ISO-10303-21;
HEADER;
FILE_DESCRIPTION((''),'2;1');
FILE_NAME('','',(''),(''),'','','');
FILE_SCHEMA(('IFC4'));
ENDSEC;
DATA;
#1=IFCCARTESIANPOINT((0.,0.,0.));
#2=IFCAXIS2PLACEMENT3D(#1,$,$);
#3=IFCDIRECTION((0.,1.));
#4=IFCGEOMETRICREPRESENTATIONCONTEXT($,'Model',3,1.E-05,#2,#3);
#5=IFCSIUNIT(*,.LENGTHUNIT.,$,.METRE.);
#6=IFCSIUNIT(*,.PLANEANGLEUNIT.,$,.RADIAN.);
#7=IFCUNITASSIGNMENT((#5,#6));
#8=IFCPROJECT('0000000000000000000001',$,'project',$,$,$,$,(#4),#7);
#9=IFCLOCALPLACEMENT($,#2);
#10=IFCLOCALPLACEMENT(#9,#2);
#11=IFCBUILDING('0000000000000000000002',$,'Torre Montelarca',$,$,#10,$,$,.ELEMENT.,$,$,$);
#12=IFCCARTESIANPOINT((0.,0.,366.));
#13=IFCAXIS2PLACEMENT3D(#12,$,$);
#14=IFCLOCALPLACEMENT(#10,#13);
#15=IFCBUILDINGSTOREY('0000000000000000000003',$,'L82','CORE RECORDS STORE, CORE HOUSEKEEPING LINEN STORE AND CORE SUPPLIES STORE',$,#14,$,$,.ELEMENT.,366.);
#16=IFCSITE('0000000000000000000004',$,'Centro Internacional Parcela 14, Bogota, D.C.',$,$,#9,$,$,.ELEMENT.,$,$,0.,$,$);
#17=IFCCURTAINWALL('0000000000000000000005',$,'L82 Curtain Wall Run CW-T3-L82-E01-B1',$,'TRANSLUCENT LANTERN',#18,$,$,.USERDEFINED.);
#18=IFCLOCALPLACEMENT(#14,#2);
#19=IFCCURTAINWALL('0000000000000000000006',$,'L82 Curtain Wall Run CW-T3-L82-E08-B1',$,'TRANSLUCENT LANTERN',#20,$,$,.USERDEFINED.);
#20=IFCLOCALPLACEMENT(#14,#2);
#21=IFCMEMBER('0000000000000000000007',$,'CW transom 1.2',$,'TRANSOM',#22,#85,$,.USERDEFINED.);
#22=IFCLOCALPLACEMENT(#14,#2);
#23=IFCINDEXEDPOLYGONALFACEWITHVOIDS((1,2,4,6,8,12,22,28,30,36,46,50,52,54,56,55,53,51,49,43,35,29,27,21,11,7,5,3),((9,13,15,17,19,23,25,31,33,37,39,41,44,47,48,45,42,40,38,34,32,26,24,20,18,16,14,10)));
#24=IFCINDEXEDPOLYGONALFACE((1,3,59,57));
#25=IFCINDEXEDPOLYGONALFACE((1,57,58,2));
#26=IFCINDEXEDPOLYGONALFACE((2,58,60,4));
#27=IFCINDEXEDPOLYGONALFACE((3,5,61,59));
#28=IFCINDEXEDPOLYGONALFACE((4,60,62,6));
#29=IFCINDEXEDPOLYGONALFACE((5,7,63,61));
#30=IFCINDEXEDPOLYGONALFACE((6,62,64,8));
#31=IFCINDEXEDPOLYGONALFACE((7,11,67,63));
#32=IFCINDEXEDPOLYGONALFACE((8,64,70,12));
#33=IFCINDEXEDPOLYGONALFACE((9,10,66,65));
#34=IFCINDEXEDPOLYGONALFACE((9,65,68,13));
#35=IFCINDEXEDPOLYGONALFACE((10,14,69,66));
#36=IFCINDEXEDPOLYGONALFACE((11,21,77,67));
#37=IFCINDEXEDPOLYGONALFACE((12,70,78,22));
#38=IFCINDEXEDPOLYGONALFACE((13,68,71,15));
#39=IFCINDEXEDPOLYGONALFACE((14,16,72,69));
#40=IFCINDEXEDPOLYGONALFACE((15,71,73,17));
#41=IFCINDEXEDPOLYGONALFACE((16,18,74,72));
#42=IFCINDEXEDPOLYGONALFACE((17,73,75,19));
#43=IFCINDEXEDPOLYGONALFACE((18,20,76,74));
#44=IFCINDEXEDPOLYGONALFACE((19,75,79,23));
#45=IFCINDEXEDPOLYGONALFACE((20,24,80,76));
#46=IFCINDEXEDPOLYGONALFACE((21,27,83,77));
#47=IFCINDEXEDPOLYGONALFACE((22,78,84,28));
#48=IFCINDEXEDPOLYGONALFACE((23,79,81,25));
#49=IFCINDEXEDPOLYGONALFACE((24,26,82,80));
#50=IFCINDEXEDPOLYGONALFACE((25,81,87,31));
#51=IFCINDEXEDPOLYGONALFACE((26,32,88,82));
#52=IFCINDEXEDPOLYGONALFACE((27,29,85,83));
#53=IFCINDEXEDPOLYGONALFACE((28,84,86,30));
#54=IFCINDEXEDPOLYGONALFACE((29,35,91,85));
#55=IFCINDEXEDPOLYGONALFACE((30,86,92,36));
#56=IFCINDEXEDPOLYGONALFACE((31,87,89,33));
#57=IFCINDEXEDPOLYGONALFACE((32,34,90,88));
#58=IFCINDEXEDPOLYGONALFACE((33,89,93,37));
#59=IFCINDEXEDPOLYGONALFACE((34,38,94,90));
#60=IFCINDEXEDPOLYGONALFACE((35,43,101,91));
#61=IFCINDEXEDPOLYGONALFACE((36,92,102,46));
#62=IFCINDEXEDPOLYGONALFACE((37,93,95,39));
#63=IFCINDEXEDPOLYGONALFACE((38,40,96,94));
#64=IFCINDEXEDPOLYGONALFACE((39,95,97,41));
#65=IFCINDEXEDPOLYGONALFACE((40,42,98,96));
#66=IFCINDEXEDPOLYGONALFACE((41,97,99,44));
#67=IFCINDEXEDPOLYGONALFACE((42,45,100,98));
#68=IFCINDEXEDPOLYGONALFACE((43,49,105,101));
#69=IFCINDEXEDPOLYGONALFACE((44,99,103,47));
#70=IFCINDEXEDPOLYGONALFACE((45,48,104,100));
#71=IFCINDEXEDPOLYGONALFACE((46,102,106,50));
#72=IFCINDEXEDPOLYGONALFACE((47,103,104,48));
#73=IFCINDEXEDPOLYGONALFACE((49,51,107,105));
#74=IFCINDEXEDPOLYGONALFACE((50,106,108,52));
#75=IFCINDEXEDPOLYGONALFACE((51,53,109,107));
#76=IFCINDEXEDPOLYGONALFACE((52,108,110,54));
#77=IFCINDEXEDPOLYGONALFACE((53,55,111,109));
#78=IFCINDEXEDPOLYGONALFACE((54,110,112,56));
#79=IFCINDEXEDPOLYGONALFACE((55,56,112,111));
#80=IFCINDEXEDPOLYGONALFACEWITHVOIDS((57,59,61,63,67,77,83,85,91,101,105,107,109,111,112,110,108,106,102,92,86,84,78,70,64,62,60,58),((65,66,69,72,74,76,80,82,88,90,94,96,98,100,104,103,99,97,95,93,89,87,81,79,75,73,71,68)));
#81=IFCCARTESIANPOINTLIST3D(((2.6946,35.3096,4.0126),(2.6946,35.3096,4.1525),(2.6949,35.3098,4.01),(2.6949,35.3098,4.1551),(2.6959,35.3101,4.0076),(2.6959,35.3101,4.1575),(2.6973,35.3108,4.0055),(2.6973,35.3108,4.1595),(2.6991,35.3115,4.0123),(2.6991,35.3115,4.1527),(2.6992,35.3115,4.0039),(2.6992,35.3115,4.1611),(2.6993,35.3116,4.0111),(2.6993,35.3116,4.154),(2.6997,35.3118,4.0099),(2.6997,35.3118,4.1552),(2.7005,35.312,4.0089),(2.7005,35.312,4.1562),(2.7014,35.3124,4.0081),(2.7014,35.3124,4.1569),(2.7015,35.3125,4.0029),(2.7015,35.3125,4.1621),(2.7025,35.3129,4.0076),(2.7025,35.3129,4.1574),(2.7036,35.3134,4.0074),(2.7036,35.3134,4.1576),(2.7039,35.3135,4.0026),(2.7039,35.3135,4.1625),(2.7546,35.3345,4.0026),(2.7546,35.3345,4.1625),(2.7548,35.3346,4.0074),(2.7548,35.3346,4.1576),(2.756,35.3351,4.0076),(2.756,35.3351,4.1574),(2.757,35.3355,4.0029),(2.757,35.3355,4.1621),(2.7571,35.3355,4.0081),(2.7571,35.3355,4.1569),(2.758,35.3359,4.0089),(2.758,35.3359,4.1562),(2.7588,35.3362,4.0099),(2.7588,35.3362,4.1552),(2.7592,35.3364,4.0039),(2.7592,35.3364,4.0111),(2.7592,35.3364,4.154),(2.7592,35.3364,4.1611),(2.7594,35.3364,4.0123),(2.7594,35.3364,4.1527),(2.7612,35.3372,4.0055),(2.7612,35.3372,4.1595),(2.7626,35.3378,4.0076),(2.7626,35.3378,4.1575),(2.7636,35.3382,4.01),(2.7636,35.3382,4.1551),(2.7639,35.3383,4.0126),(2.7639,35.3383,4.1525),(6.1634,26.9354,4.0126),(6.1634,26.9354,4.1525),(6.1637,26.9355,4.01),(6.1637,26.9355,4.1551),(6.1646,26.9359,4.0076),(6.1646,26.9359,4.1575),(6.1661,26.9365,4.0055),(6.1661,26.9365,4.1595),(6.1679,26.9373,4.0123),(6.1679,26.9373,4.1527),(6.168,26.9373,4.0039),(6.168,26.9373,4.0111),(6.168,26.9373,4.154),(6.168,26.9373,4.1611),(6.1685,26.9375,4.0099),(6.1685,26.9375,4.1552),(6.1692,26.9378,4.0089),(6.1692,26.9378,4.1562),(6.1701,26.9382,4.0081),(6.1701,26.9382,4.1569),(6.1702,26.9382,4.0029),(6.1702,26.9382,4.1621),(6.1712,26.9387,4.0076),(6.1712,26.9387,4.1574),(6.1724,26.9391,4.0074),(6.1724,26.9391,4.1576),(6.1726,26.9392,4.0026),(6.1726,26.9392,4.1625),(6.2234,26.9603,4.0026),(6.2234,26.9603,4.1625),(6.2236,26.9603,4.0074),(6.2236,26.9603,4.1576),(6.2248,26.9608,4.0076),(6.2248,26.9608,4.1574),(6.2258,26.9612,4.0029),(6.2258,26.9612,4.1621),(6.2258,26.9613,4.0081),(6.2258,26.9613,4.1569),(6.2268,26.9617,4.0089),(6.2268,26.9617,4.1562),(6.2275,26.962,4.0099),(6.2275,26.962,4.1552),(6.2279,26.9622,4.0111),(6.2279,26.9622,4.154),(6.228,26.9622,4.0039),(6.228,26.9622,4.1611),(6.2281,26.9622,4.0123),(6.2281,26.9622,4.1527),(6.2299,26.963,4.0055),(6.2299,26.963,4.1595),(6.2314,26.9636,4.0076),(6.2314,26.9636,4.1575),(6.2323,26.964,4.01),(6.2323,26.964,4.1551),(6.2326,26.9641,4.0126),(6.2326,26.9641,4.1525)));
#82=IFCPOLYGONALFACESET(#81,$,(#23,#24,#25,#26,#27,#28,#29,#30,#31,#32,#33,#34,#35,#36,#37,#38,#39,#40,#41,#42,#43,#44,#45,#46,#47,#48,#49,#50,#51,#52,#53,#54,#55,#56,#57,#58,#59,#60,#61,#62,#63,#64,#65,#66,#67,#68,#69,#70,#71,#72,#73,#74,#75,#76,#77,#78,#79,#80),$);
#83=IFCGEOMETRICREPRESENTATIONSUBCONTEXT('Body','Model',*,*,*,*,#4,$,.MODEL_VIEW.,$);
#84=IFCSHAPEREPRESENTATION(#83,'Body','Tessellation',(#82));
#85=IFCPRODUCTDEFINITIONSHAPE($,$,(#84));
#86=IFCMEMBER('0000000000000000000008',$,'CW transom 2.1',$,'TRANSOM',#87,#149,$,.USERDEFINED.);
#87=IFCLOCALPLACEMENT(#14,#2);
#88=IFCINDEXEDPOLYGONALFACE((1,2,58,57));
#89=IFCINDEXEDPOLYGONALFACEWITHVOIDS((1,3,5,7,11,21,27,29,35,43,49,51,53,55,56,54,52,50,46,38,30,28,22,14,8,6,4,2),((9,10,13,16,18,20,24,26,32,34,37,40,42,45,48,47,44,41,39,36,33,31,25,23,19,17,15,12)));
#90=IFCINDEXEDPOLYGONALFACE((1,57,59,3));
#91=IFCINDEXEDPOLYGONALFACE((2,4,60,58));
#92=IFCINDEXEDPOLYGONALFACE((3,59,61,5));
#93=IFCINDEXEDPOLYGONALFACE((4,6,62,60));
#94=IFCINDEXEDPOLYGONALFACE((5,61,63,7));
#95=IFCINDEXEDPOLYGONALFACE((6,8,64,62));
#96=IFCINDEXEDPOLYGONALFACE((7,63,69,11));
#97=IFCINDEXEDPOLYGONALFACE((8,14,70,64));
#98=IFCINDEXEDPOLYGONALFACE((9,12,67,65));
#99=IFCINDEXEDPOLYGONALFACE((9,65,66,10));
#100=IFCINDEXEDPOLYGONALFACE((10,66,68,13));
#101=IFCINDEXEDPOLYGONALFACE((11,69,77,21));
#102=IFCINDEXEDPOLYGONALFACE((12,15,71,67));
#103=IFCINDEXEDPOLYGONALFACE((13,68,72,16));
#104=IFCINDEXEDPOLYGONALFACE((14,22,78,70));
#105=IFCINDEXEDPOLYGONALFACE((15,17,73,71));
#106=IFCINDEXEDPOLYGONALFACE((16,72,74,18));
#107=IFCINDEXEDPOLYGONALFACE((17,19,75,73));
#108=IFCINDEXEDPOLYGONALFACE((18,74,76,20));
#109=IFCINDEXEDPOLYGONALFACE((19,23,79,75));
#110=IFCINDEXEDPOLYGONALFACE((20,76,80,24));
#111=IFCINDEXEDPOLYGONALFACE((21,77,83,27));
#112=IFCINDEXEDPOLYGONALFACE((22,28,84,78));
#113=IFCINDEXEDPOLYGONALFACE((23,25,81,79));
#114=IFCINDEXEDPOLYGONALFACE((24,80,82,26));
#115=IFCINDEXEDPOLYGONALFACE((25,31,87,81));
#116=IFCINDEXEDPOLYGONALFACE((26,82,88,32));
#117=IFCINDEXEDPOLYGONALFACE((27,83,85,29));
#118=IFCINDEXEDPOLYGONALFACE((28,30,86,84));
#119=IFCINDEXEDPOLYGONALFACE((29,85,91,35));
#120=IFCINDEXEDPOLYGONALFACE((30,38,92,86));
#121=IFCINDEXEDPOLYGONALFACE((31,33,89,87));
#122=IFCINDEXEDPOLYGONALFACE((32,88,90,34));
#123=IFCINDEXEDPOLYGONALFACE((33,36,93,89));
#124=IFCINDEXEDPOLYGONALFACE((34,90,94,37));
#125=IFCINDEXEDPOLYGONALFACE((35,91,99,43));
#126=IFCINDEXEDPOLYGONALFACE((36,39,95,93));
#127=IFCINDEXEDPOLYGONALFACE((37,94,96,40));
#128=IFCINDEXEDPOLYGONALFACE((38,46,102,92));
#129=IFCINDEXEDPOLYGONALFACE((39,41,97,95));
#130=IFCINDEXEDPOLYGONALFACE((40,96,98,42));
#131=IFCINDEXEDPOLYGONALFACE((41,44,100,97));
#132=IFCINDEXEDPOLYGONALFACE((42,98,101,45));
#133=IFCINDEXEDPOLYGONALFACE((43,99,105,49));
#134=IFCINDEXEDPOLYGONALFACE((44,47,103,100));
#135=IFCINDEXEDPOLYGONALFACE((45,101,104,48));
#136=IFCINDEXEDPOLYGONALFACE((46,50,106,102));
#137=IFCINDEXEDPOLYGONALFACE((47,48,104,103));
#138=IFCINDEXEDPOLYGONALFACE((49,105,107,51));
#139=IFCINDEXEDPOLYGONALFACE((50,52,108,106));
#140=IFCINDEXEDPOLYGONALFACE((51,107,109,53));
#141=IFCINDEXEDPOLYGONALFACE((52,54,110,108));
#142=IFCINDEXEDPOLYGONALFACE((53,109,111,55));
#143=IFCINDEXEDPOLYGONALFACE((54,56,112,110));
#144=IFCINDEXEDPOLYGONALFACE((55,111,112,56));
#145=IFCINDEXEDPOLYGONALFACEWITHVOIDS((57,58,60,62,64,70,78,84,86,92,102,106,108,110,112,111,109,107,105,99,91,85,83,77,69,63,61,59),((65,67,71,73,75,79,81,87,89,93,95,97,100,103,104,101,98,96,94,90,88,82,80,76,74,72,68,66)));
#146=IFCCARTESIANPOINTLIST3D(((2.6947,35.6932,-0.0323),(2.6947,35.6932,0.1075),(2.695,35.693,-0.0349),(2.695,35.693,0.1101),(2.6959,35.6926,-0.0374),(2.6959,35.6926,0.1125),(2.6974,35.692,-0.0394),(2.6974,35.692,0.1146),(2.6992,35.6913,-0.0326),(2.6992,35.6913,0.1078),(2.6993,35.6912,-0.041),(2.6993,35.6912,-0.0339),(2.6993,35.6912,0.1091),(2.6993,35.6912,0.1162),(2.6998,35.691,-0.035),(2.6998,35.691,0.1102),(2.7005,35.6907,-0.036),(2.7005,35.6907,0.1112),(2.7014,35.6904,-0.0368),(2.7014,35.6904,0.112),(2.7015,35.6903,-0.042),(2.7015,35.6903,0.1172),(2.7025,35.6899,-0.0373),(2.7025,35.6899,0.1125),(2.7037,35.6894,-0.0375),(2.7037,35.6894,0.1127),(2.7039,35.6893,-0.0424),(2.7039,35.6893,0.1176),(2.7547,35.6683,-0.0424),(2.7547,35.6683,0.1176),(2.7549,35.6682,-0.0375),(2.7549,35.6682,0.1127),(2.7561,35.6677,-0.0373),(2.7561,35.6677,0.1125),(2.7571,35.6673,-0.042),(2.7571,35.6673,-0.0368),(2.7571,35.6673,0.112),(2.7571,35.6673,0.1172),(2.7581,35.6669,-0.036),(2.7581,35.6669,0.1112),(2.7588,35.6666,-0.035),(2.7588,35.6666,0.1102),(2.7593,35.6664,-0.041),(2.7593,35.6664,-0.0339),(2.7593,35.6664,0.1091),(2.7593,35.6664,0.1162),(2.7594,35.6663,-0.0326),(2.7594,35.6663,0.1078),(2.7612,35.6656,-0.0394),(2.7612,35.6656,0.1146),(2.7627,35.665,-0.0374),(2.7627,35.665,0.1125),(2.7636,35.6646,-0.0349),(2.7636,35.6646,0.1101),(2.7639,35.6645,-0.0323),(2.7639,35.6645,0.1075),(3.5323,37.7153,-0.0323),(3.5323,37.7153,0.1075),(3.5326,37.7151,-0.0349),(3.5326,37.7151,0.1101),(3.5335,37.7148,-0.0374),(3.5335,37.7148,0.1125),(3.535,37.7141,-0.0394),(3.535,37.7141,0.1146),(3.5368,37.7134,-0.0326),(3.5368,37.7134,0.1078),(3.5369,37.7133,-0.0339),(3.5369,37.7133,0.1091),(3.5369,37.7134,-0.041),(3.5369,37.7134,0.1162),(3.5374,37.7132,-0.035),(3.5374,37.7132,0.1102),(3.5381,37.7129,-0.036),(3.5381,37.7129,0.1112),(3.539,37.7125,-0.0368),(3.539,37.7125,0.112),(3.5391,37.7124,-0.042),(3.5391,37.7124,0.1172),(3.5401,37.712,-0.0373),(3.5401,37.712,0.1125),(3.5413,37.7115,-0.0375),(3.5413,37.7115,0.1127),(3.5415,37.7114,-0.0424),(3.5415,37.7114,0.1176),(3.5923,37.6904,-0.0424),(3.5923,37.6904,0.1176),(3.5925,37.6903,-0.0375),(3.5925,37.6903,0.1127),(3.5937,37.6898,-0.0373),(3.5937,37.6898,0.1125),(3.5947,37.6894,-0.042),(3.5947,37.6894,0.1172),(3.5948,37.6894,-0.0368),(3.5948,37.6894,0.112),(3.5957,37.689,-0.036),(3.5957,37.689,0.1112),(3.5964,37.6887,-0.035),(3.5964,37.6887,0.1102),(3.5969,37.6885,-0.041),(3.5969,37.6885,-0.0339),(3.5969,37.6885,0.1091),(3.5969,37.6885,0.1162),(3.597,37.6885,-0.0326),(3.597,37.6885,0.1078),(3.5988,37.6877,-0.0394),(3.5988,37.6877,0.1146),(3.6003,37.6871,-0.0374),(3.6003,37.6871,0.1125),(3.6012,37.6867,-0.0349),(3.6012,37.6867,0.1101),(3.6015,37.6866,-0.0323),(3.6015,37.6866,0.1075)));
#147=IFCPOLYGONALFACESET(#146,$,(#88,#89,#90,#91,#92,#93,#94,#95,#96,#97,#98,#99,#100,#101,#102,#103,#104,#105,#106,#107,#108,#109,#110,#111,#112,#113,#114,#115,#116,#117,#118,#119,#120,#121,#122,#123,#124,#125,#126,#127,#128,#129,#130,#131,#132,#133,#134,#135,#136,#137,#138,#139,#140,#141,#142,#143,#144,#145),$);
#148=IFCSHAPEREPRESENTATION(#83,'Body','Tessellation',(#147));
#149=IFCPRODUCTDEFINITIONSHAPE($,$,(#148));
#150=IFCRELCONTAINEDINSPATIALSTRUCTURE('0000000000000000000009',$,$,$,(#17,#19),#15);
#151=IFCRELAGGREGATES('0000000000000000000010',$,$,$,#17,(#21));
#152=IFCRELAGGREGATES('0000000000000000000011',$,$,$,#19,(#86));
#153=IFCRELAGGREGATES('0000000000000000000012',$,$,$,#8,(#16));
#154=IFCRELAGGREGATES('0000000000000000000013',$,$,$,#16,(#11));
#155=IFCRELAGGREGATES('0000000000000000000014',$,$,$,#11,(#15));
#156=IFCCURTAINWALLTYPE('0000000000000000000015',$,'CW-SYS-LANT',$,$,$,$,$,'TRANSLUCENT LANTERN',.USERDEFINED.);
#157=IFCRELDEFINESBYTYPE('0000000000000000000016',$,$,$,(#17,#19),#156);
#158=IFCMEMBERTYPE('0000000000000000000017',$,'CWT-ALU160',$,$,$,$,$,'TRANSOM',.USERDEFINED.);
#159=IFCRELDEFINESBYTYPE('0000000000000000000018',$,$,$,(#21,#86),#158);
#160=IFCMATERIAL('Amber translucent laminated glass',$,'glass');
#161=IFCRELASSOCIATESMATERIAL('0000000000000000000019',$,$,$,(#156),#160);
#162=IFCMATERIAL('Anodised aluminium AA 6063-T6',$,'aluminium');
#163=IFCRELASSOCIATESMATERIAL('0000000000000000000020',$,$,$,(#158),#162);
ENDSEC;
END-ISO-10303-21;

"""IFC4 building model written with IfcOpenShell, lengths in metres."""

from ifc_helpers import new_model, si_unit, direction, frame, origin, origin_2d, place, context, subcontext, project, spatial, hollow_rectangle, extrude, source, transform, mapped, material, material_profile, profile_set, type_object, element, aggregate, save


model = new_model("IFC4")

# Units and contexts
model_context = context("Model", 3, precision=1e-05, world=origin(), true_north=direction((0.0, 1.0)))
body_context = subcontext(model_context, "Body", "Model", "MODEL_VIEW")
ifc_project = project(units=[si_unit("LENGTHUNIT", "METRE"), si_unit("PLANEANGLEUNIT", "RADIAN")], contexts=[model_context])

# Site, building, storey
site_placement = place(None, origin())
site = spatial("IfcSite", under=ifc_project, at=site_placement, Name="Centro Internacional Parcela 14, Bogota, D.C.", CompositionType="ELEMENT", RefElevation=0.0)
building_placement = place(site_placement, origin())
building = spatial("IfcBuilding", under=site, at=building_placement, Name="Torre Montelarca", CompositionType="ELEMENT")
storey_placement = place(building_placement, frame((0.0, 0.0, 366.0)))
storey = spatial("IfcBuildingStorey", under=building, at=storey_placement, Name="L82", Description="CORE RECORDS STORE, CORE HOUSEKEEPING LINEN STORE AND CORE SUPPLIES STORE", CompositionType="ELEMENT", Elevation=366.0)

# Curtain wall
ifc_material_1 = material(Name="Amber translucent laminated glass", Category="glass")
curtain_wall_type = type_object("IfcCurtainWallType", Name="CW-SYS-LANT", ElementType="TRANSLUCENT LANTERN", PredefinedType="USERDEFINED", material=ifc_material_1)
curtain_wall_1_placement = place(storey_placement, origin())
curtain_wall_1 = element("IfcCurtainWall", 1, at=curtain_wall_1_placement, inside=storey, type_object=curtain_wall_type, Name="L82 Curtain Wall Run CW-T3-L82-E01-B1", ObjectType="TRANSLUCENT LANTERN", PredefinedType="USERDEFINED")
ifc_material_2 = material(Name="Anodised aluminium AA 6063-T6", Category="aluminium")

# Curtain wall
curtain_wall_2_placement = place(storey_placement, origin())
curtain_wall_2 = element("IfcCurtainWall", 2, at=curtain_wall_2_placement, inside=storey, type_object=curtain_wall_type, Name="L82 Curtain Wall Run CW-T3-L82-E08-B1", ObjectType="TRANSLUCENT LANTERN", PredefinedType="USERDEFINED")

# Members
ifc_material_profile_1 = material_profile(ifc_material_2, hollow_rectangle(XDim=0.075, YDim=0.1599, WallThickness=0.0049, InnerFilletRadius=0.0049, OuterFilletRadius=0.01, at=origin_2d()), Name="ALU75X160X5", Category="aluminium")
ifc_profile_set_1 = profile_set([ifc_material_profile_1], Name="Anodised aluminium AA 6063-T6")
member_type_1 = type_object("IfcMemberType", Name="CWT-ALU160", ElementType="TRANSOM", PredefinedType="USERDEFINED", material=ifc_profile_set_1)
shared_shape_1 = source(origin(), body_context, "Body", "SweptSolid", [
    extrude(hollow_rectangle(XDim=0.075, YDim=0.1599, WallThickness=0.0049, InnerFilletRadius=0.0049, OuterFilletRadius=0.01, at=origin_2d()), origin(), (0.0, 0.0, 1.0), 9.0642),
])
member_1_placement = place(storey_placement, frame((2.7292, 35.324, 4.0825), z_axis=(0.382685, -0.923879, 0.0), x_axis=(0.923879, 0.382685, 0.0)))
member_1 = element("IfcMember", 3, at=member_1_placement, type_object=member_type_1, Name="CW transom 1.2", ObjectType="TRANSOM", PredefinedType="USERDEFINED", context=body_context, shape_type="MappedRepresentation", body=[
    mapped(shared_shape_1, transform((0.0, 0.0, 0.0), scale=1.0)),
])
aggregate(curtain_wall_1, [member_1])
shared_shape_2 = source(origin(), body_context, "Body", "SweptSolid", [
    extrude(hollow_rectangle(XDim=0.075, YDim=0.1599, WallThickness=0.0049, InnerFilletRadius=0.0049, OuterFilletRadius=0.01, at=origin_2d()), origin(), (0.0, 0.0, 1.0), 2.1887),
])
member_2_placement = place(storey_placement, frame((3.5669, 37.7009, 0.0376), z_axis=(-0.38269, -0.923877, 0.0), x_axis=(0.923877, -0.38269, 0.0)))
member_2 = element("IfcMember", 4, at=member_2_placement, type_object=member_type_1, Name="CW transom 2.1", ObjectType="TRANSOM", PredefinedType="USERDEFINED", context=body_context, shape_type="MappedRepresentation", body=[
    mapped(shared_shape_2, transform((0.0, 0.0, 0.0), scale=1.0)),
])

aggregate(curtain_wall_2, [member_2])

save(model, "model.ifc")
